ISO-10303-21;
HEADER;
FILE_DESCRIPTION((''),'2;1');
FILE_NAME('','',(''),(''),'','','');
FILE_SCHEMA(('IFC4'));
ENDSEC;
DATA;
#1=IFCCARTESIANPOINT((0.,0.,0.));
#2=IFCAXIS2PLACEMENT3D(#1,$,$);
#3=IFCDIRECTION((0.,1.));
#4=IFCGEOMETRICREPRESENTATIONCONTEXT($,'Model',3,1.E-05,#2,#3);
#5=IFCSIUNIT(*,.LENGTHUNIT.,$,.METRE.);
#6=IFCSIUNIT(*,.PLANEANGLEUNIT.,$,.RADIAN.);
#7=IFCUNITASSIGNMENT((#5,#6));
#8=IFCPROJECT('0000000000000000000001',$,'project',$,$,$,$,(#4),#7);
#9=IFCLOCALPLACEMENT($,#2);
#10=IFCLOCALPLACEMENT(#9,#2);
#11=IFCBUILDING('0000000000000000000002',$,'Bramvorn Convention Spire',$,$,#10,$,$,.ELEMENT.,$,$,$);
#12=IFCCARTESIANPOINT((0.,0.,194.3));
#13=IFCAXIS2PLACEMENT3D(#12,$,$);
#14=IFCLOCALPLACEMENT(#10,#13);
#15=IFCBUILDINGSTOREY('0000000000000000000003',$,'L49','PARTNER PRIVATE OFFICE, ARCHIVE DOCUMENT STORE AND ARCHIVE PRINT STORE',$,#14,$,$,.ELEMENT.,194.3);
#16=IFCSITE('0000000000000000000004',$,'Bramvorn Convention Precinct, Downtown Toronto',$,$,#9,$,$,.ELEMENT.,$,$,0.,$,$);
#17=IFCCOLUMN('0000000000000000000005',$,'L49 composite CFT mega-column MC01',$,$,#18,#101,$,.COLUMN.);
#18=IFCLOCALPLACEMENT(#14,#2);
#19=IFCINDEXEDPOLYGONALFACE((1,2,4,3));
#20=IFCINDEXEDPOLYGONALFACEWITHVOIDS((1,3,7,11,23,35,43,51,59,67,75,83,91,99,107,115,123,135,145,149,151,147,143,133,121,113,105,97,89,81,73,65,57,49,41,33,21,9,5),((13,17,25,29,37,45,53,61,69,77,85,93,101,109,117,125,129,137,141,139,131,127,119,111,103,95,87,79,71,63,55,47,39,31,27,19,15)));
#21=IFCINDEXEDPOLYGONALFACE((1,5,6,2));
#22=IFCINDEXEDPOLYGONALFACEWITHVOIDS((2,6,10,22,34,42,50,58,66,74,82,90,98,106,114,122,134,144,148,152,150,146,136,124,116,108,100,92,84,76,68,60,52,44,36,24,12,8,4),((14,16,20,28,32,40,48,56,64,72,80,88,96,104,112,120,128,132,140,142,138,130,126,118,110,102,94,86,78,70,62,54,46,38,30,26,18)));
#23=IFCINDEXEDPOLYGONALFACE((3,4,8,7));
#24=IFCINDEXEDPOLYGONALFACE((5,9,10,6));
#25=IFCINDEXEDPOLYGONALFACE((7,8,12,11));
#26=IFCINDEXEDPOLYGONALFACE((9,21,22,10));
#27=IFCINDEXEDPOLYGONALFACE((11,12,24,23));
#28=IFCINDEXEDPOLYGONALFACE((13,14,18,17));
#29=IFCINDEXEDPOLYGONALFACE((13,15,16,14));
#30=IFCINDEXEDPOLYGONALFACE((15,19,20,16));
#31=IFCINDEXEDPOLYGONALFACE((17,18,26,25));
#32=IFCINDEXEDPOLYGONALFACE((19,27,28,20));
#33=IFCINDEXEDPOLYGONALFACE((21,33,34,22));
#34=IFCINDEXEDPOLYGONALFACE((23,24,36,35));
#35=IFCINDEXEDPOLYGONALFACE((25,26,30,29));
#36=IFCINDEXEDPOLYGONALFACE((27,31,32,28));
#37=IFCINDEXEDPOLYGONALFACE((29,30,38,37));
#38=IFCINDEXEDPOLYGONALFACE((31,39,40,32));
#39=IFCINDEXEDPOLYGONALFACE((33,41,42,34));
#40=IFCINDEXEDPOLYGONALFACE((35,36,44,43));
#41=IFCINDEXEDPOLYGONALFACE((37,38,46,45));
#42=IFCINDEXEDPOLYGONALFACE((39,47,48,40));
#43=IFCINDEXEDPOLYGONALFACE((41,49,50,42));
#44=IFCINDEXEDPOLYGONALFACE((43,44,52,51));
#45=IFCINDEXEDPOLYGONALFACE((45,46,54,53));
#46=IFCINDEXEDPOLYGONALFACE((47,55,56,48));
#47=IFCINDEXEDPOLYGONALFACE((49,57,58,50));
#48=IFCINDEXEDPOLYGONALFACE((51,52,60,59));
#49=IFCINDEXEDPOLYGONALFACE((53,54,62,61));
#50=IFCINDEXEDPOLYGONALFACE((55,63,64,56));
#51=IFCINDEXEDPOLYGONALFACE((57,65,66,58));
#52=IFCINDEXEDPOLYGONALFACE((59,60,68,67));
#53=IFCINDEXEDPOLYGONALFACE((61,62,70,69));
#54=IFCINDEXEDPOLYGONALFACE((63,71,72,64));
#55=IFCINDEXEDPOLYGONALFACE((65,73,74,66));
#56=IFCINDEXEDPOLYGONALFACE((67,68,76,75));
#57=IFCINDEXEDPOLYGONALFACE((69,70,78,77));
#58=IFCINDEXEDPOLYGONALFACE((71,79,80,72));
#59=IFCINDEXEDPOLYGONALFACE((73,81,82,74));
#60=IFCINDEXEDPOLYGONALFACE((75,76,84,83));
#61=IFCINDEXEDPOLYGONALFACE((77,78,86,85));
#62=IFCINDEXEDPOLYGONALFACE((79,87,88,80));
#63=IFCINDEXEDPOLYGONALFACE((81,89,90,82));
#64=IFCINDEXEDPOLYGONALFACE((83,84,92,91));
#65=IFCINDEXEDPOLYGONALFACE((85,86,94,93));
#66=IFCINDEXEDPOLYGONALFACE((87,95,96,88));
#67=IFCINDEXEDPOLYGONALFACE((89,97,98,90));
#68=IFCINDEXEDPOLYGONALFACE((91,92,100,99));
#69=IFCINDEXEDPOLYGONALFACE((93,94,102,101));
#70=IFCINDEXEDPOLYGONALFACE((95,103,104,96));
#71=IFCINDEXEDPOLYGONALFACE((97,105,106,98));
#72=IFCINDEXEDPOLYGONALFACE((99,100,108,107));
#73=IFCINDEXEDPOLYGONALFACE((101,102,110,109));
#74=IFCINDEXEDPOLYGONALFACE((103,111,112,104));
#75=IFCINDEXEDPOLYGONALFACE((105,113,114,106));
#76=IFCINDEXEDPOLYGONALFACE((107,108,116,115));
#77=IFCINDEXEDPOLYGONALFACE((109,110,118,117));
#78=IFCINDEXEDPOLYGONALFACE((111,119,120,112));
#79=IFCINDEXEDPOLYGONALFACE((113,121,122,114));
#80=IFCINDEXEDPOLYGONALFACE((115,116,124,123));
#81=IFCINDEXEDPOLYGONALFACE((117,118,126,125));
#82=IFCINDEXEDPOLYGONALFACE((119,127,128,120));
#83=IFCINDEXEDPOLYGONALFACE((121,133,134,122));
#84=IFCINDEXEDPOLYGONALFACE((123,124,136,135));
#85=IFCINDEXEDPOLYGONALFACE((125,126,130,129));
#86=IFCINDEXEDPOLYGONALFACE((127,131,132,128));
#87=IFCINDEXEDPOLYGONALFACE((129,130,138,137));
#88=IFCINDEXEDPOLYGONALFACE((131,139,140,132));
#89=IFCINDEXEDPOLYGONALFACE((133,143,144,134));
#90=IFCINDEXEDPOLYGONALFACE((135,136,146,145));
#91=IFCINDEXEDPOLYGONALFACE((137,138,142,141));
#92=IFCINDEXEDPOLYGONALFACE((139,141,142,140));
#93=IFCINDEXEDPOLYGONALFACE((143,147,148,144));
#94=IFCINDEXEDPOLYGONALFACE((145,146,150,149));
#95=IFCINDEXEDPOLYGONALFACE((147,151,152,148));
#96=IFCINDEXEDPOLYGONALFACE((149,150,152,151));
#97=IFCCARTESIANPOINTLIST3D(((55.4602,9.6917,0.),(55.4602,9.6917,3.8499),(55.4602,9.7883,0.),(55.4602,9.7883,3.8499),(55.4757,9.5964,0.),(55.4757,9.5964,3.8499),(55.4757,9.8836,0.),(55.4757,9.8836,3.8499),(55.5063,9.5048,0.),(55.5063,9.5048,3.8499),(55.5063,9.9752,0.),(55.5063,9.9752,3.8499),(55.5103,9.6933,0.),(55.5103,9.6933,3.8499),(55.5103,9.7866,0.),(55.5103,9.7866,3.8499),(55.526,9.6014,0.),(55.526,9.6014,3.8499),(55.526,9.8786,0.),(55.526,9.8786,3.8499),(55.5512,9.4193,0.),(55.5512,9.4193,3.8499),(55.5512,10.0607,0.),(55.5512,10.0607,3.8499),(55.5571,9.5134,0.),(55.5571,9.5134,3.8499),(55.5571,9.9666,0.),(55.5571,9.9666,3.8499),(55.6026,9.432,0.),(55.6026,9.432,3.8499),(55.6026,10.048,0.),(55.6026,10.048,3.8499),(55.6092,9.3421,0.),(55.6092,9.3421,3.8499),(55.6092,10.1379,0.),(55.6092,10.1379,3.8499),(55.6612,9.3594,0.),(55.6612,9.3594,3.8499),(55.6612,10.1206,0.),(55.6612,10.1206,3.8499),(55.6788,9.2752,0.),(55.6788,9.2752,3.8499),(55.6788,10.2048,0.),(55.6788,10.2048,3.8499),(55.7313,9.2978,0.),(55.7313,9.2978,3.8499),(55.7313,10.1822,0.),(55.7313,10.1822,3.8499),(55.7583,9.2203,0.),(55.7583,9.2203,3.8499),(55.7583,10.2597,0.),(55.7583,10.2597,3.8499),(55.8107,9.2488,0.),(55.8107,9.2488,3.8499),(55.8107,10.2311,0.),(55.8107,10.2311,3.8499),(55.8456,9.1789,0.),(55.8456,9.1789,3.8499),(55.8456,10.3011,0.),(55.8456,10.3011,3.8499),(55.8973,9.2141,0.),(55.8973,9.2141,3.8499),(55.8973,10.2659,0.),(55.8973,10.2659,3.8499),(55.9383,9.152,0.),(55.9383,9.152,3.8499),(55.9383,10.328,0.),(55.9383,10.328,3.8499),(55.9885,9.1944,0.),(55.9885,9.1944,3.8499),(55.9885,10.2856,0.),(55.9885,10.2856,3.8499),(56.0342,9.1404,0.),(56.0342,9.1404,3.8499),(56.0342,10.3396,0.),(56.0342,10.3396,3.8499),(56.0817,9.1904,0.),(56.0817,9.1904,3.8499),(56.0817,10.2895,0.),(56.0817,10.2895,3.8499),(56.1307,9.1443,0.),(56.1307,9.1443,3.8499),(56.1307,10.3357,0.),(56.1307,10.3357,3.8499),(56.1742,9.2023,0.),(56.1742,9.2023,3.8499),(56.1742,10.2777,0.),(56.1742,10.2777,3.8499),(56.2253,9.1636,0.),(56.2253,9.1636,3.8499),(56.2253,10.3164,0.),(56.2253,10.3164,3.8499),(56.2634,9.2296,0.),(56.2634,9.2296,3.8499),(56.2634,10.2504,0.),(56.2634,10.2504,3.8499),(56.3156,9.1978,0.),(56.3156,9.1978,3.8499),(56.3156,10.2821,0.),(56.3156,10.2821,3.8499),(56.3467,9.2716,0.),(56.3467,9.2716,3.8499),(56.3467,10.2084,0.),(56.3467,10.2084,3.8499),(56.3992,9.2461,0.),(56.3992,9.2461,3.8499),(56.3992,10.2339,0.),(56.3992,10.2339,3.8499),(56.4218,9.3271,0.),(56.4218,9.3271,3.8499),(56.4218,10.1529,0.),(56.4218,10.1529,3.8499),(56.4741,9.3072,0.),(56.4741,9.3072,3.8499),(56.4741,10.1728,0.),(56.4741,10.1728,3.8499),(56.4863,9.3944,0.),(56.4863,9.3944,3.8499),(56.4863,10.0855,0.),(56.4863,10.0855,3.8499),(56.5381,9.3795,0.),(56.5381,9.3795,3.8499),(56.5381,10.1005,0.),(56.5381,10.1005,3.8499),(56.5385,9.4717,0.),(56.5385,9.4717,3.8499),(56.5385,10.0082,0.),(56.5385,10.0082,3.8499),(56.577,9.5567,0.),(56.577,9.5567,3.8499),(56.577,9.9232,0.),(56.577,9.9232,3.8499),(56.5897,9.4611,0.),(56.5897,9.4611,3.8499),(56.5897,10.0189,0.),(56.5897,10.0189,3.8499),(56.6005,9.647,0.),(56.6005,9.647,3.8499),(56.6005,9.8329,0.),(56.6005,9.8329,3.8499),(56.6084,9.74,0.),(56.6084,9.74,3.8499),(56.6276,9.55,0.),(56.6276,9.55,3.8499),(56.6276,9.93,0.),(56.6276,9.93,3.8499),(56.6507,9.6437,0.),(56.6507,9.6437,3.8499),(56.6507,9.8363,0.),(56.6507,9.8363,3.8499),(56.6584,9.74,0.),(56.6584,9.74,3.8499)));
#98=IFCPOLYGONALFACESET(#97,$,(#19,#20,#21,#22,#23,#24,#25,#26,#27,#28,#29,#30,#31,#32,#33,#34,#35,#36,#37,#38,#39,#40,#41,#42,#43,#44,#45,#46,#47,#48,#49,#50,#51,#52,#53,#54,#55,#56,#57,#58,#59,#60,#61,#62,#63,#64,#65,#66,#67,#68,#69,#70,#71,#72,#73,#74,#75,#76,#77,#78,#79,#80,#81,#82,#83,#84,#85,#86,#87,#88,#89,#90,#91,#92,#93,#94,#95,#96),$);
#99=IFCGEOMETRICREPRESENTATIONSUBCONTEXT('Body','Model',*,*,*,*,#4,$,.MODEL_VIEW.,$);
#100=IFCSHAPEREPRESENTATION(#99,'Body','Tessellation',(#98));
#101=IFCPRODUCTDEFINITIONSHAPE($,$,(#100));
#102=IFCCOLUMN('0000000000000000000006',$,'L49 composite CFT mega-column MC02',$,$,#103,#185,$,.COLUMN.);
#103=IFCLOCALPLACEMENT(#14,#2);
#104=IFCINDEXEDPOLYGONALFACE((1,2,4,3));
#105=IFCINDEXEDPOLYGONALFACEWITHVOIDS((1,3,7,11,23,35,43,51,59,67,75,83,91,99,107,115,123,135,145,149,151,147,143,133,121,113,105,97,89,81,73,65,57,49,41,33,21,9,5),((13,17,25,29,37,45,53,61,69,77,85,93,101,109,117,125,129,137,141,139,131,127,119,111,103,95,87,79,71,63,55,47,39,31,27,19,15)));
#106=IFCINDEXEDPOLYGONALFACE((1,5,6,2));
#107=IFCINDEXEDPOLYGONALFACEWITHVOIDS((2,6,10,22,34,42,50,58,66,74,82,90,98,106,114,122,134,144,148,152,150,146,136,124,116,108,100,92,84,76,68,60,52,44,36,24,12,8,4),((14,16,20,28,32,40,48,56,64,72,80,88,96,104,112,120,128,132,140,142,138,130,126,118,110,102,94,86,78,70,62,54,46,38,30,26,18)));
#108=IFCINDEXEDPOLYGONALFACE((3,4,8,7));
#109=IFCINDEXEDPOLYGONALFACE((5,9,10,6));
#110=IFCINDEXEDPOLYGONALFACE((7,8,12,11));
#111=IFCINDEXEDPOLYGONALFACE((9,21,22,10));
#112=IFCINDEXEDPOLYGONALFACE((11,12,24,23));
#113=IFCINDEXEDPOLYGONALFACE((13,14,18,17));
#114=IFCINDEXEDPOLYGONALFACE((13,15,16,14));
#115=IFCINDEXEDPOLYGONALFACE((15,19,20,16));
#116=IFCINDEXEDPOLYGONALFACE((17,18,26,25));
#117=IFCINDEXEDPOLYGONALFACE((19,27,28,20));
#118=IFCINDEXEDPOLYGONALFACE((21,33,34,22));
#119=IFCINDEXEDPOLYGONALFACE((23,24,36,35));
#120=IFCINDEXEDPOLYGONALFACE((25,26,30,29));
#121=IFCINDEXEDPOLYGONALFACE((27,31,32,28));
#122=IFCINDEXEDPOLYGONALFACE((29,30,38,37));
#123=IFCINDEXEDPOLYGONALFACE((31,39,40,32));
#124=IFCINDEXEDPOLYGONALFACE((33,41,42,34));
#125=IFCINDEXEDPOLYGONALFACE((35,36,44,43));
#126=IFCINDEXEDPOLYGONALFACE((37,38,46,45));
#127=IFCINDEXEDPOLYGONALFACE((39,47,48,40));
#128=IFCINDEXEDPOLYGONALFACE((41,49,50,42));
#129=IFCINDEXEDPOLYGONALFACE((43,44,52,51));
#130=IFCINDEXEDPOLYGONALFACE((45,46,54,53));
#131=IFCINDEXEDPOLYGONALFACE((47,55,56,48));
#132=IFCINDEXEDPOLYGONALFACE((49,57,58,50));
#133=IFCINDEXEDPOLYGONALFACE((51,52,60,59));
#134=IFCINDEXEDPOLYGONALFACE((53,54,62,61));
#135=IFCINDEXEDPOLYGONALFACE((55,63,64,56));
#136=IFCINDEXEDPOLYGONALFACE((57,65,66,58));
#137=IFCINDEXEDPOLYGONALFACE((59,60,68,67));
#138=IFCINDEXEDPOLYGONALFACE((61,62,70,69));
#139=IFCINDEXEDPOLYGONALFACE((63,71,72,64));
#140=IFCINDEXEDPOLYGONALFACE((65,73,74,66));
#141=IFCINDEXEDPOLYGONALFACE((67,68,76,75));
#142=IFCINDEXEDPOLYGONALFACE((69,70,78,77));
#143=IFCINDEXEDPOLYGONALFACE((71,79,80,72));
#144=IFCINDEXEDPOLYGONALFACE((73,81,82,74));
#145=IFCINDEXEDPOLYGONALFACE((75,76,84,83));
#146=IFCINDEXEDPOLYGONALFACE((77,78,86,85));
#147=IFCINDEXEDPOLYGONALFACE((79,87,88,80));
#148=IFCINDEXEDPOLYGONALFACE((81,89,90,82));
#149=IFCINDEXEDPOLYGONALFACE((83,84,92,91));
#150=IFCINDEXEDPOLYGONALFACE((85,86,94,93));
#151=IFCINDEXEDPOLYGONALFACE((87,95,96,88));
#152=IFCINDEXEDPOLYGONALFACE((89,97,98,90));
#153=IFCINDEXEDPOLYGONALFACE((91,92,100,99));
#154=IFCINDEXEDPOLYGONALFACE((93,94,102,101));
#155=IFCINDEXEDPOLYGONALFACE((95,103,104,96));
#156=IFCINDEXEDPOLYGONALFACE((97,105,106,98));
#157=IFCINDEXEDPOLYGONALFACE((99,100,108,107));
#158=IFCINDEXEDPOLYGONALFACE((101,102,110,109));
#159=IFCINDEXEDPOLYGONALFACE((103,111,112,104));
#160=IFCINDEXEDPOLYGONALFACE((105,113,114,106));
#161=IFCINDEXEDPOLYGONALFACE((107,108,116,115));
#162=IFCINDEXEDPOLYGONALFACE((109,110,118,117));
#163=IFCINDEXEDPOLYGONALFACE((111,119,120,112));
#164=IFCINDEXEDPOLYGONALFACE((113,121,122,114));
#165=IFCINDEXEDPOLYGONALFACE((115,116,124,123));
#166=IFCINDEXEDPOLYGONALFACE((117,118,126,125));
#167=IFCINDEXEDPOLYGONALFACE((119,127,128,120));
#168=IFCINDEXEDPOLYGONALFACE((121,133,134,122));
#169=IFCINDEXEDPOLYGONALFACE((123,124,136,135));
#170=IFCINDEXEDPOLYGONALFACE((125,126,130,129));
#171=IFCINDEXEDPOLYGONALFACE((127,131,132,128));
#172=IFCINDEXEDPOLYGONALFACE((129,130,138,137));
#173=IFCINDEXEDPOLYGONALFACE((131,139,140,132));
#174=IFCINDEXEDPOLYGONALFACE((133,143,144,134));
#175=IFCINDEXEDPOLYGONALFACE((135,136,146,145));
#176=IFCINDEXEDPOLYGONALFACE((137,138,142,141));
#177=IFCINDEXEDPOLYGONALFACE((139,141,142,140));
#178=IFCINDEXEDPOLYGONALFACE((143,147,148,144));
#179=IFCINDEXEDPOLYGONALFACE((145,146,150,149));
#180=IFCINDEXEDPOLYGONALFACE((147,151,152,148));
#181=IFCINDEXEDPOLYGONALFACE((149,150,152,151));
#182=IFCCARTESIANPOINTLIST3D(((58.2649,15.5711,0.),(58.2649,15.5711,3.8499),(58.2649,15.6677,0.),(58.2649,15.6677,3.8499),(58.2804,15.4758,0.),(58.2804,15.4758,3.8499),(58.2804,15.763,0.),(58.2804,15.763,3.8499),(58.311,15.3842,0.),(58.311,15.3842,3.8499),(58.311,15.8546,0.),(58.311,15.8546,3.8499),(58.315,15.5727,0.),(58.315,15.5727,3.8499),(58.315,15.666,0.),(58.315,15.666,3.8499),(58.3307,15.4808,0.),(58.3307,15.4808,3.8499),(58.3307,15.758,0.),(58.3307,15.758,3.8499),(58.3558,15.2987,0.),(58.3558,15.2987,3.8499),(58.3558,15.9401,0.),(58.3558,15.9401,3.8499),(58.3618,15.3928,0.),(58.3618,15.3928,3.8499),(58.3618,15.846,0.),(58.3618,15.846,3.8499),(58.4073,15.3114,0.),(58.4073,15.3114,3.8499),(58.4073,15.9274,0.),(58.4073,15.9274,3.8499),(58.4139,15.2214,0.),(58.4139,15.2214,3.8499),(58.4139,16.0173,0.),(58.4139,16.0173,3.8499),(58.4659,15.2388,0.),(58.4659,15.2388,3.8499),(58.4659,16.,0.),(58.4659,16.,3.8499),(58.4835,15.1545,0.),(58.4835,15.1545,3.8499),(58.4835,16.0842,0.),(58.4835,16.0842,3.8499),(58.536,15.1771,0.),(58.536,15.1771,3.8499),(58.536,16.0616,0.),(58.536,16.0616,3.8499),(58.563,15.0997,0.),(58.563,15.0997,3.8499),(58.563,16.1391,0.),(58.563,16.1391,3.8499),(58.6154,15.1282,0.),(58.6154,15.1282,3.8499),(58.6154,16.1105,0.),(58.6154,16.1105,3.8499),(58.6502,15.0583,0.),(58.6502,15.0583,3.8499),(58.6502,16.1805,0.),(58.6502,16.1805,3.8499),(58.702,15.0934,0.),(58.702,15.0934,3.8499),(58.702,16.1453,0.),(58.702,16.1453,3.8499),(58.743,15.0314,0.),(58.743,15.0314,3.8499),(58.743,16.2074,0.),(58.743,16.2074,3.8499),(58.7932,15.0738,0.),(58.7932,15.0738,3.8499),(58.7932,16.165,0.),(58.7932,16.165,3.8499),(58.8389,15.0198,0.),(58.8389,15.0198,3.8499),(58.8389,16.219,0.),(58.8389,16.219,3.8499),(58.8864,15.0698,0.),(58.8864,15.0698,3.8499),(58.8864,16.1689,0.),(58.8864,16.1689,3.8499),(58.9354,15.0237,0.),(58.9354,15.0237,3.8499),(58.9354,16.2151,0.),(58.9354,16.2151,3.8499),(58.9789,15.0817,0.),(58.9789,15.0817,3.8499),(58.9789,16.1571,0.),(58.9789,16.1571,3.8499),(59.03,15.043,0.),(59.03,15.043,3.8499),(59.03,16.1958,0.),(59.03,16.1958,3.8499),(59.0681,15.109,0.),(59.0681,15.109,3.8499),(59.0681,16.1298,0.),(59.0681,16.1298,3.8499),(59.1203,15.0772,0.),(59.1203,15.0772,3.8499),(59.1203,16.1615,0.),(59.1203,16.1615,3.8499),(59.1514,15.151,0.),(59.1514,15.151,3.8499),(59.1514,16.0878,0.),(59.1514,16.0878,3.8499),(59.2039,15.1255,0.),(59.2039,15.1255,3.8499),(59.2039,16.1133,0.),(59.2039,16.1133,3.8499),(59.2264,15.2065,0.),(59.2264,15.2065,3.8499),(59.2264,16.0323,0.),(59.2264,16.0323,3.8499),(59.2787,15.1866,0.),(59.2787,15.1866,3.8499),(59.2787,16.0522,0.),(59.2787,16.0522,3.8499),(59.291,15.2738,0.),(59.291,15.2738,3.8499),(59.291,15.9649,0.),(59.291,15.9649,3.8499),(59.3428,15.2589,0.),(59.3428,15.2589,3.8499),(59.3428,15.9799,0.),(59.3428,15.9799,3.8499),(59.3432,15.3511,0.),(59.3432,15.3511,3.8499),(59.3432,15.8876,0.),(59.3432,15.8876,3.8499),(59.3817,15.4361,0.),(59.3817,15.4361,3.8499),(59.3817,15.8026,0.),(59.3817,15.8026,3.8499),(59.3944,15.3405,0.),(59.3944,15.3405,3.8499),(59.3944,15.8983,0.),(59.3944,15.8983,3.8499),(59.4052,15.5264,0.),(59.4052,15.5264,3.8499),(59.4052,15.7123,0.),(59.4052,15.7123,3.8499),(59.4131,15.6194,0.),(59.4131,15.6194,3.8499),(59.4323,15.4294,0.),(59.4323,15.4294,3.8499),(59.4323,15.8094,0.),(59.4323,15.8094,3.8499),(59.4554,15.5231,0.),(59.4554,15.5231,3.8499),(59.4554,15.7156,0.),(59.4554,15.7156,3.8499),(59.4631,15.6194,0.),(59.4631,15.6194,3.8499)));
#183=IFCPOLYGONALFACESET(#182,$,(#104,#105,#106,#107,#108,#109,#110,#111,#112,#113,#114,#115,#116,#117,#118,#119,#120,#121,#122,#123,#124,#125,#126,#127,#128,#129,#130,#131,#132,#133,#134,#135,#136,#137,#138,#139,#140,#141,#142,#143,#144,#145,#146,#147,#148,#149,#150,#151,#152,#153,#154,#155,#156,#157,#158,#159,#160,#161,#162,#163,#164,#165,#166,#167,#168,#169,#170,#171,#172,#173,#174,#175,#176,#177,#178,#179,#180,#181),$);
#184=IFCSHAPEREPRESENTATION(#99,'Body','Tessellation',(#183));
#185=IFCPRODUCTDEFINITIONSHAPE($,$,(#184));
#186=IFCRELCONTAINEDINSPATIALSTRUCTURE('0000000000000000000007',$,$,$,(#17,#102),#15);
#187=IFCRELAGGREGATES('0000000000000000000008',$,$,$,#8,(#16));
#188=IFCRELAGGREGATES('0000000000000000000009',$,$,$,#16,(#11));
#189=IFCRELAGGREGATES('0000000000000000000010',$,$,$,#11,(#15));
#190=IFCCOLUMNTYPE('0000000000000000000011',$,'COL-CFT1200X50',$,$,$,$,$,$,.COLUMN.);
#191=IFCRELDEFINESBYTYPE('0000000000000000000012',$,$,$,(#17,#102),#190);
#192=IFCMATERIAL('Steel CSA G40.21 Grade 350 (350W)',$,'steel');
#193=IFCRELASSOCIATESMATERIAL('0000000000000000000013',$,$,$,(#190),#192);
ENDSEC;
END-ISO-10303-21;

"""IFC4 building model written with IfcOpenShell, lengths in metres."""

from ifc_helpers import new_model, si_unit, direction, frame, origin, origin_2d, place, context, subcontext, project, spatial, hollow_circle, extrude, material, material_profile, profile_set, type_object, element, save


model = new_model("IFC4")

# Units and contexts
model_context = context("Model", 3, precision=1e-05, world=origin(), true_north=direction((0.0, 1.0)))
body_context = subcontext(model_context, "Body", "Model", "MODEL_VIEW")
ifc_project = project(units=[si_unit("LENGTHUNIT", "METRE"), si_unit("PLANEANGLEUNIT", "RADIAN")], contexts=[model_context])

# Site, building, storey
site_placement = place(None, origin())
site = spatial("IfcSite", under=ifc_project, at=site_placement, Name="Bramvorn Convention Precinct, Downtown Toronto", CompositionType="ELEMENT", RefElevation=0.0)
building_placement = place(site_placement, origin())
building = spatial("IfcBuilding", under=site, at=building_placement, Name="Bramvorn Convention Spire", CompositionType="ELEMENT")
storey_placement = place(building_placement, frame((0.0, 0.0, 194.3)))
storey = spatial("IfcBuildingStorey", under=building, at=storey_placement, Name="L49", Description="PARTNER PRIVATE OFFICE, ARCHIVE DOCUMENT STORE AND ARCHIVE PRINT STORE", CompositionType="ELEMENT", Elevation=194.3)

# Columns
ifc_material_1 = material(Name="Steel CSA G40.21 Grade 350 (350W)", Category="steel")
ifc_material_profile_1 = material_profile(ifc_material_1, hollow_circle(Radius=0.6001, WallThickness=0.05, at=origin_2d()))
ifc_profile_set_1 = profile_set([ifc_material_profile_1], Name="Steel CSA G40.21 Grade 350 (350W) - CFT1200X50")
column_type = type_object("IfcColumnType", Name="COL-CFT1200X50", PredefinedType="COLUMN", material=ifc_profile_set_1)
for number, where, z_axis, x_axis, name in (
    (1, (56.0583, 9.74, 0.0), (0.0, 0.0, 1.0), (1.0, 0.0, 0.0), "L49 composite CFT mega-column MC01"),
    (2, (58.863, 15.6194, 0.0), (0.0, 0.0, 1.0), (1.0, 0.0, 0.0), "L49 composite CFT mega-column MC02"),
):
    element("IfcColumn", number, at=place(storey_placement, frame(where, z_axis=z_axis, x_axis=x_axis)), inside=storey, type_object=column_type, Name=name, PredefinedType="COLUMN", context=body_context, shape_type="SweptSolid", body=[
        extrude(hollow_circle(Radius=0.6001, WallThickness=0.05, at=origin_2d()), origin(), (0.0, 0.0, 1.0), 3.8499),
    ])

save(model, "model.ifc")
